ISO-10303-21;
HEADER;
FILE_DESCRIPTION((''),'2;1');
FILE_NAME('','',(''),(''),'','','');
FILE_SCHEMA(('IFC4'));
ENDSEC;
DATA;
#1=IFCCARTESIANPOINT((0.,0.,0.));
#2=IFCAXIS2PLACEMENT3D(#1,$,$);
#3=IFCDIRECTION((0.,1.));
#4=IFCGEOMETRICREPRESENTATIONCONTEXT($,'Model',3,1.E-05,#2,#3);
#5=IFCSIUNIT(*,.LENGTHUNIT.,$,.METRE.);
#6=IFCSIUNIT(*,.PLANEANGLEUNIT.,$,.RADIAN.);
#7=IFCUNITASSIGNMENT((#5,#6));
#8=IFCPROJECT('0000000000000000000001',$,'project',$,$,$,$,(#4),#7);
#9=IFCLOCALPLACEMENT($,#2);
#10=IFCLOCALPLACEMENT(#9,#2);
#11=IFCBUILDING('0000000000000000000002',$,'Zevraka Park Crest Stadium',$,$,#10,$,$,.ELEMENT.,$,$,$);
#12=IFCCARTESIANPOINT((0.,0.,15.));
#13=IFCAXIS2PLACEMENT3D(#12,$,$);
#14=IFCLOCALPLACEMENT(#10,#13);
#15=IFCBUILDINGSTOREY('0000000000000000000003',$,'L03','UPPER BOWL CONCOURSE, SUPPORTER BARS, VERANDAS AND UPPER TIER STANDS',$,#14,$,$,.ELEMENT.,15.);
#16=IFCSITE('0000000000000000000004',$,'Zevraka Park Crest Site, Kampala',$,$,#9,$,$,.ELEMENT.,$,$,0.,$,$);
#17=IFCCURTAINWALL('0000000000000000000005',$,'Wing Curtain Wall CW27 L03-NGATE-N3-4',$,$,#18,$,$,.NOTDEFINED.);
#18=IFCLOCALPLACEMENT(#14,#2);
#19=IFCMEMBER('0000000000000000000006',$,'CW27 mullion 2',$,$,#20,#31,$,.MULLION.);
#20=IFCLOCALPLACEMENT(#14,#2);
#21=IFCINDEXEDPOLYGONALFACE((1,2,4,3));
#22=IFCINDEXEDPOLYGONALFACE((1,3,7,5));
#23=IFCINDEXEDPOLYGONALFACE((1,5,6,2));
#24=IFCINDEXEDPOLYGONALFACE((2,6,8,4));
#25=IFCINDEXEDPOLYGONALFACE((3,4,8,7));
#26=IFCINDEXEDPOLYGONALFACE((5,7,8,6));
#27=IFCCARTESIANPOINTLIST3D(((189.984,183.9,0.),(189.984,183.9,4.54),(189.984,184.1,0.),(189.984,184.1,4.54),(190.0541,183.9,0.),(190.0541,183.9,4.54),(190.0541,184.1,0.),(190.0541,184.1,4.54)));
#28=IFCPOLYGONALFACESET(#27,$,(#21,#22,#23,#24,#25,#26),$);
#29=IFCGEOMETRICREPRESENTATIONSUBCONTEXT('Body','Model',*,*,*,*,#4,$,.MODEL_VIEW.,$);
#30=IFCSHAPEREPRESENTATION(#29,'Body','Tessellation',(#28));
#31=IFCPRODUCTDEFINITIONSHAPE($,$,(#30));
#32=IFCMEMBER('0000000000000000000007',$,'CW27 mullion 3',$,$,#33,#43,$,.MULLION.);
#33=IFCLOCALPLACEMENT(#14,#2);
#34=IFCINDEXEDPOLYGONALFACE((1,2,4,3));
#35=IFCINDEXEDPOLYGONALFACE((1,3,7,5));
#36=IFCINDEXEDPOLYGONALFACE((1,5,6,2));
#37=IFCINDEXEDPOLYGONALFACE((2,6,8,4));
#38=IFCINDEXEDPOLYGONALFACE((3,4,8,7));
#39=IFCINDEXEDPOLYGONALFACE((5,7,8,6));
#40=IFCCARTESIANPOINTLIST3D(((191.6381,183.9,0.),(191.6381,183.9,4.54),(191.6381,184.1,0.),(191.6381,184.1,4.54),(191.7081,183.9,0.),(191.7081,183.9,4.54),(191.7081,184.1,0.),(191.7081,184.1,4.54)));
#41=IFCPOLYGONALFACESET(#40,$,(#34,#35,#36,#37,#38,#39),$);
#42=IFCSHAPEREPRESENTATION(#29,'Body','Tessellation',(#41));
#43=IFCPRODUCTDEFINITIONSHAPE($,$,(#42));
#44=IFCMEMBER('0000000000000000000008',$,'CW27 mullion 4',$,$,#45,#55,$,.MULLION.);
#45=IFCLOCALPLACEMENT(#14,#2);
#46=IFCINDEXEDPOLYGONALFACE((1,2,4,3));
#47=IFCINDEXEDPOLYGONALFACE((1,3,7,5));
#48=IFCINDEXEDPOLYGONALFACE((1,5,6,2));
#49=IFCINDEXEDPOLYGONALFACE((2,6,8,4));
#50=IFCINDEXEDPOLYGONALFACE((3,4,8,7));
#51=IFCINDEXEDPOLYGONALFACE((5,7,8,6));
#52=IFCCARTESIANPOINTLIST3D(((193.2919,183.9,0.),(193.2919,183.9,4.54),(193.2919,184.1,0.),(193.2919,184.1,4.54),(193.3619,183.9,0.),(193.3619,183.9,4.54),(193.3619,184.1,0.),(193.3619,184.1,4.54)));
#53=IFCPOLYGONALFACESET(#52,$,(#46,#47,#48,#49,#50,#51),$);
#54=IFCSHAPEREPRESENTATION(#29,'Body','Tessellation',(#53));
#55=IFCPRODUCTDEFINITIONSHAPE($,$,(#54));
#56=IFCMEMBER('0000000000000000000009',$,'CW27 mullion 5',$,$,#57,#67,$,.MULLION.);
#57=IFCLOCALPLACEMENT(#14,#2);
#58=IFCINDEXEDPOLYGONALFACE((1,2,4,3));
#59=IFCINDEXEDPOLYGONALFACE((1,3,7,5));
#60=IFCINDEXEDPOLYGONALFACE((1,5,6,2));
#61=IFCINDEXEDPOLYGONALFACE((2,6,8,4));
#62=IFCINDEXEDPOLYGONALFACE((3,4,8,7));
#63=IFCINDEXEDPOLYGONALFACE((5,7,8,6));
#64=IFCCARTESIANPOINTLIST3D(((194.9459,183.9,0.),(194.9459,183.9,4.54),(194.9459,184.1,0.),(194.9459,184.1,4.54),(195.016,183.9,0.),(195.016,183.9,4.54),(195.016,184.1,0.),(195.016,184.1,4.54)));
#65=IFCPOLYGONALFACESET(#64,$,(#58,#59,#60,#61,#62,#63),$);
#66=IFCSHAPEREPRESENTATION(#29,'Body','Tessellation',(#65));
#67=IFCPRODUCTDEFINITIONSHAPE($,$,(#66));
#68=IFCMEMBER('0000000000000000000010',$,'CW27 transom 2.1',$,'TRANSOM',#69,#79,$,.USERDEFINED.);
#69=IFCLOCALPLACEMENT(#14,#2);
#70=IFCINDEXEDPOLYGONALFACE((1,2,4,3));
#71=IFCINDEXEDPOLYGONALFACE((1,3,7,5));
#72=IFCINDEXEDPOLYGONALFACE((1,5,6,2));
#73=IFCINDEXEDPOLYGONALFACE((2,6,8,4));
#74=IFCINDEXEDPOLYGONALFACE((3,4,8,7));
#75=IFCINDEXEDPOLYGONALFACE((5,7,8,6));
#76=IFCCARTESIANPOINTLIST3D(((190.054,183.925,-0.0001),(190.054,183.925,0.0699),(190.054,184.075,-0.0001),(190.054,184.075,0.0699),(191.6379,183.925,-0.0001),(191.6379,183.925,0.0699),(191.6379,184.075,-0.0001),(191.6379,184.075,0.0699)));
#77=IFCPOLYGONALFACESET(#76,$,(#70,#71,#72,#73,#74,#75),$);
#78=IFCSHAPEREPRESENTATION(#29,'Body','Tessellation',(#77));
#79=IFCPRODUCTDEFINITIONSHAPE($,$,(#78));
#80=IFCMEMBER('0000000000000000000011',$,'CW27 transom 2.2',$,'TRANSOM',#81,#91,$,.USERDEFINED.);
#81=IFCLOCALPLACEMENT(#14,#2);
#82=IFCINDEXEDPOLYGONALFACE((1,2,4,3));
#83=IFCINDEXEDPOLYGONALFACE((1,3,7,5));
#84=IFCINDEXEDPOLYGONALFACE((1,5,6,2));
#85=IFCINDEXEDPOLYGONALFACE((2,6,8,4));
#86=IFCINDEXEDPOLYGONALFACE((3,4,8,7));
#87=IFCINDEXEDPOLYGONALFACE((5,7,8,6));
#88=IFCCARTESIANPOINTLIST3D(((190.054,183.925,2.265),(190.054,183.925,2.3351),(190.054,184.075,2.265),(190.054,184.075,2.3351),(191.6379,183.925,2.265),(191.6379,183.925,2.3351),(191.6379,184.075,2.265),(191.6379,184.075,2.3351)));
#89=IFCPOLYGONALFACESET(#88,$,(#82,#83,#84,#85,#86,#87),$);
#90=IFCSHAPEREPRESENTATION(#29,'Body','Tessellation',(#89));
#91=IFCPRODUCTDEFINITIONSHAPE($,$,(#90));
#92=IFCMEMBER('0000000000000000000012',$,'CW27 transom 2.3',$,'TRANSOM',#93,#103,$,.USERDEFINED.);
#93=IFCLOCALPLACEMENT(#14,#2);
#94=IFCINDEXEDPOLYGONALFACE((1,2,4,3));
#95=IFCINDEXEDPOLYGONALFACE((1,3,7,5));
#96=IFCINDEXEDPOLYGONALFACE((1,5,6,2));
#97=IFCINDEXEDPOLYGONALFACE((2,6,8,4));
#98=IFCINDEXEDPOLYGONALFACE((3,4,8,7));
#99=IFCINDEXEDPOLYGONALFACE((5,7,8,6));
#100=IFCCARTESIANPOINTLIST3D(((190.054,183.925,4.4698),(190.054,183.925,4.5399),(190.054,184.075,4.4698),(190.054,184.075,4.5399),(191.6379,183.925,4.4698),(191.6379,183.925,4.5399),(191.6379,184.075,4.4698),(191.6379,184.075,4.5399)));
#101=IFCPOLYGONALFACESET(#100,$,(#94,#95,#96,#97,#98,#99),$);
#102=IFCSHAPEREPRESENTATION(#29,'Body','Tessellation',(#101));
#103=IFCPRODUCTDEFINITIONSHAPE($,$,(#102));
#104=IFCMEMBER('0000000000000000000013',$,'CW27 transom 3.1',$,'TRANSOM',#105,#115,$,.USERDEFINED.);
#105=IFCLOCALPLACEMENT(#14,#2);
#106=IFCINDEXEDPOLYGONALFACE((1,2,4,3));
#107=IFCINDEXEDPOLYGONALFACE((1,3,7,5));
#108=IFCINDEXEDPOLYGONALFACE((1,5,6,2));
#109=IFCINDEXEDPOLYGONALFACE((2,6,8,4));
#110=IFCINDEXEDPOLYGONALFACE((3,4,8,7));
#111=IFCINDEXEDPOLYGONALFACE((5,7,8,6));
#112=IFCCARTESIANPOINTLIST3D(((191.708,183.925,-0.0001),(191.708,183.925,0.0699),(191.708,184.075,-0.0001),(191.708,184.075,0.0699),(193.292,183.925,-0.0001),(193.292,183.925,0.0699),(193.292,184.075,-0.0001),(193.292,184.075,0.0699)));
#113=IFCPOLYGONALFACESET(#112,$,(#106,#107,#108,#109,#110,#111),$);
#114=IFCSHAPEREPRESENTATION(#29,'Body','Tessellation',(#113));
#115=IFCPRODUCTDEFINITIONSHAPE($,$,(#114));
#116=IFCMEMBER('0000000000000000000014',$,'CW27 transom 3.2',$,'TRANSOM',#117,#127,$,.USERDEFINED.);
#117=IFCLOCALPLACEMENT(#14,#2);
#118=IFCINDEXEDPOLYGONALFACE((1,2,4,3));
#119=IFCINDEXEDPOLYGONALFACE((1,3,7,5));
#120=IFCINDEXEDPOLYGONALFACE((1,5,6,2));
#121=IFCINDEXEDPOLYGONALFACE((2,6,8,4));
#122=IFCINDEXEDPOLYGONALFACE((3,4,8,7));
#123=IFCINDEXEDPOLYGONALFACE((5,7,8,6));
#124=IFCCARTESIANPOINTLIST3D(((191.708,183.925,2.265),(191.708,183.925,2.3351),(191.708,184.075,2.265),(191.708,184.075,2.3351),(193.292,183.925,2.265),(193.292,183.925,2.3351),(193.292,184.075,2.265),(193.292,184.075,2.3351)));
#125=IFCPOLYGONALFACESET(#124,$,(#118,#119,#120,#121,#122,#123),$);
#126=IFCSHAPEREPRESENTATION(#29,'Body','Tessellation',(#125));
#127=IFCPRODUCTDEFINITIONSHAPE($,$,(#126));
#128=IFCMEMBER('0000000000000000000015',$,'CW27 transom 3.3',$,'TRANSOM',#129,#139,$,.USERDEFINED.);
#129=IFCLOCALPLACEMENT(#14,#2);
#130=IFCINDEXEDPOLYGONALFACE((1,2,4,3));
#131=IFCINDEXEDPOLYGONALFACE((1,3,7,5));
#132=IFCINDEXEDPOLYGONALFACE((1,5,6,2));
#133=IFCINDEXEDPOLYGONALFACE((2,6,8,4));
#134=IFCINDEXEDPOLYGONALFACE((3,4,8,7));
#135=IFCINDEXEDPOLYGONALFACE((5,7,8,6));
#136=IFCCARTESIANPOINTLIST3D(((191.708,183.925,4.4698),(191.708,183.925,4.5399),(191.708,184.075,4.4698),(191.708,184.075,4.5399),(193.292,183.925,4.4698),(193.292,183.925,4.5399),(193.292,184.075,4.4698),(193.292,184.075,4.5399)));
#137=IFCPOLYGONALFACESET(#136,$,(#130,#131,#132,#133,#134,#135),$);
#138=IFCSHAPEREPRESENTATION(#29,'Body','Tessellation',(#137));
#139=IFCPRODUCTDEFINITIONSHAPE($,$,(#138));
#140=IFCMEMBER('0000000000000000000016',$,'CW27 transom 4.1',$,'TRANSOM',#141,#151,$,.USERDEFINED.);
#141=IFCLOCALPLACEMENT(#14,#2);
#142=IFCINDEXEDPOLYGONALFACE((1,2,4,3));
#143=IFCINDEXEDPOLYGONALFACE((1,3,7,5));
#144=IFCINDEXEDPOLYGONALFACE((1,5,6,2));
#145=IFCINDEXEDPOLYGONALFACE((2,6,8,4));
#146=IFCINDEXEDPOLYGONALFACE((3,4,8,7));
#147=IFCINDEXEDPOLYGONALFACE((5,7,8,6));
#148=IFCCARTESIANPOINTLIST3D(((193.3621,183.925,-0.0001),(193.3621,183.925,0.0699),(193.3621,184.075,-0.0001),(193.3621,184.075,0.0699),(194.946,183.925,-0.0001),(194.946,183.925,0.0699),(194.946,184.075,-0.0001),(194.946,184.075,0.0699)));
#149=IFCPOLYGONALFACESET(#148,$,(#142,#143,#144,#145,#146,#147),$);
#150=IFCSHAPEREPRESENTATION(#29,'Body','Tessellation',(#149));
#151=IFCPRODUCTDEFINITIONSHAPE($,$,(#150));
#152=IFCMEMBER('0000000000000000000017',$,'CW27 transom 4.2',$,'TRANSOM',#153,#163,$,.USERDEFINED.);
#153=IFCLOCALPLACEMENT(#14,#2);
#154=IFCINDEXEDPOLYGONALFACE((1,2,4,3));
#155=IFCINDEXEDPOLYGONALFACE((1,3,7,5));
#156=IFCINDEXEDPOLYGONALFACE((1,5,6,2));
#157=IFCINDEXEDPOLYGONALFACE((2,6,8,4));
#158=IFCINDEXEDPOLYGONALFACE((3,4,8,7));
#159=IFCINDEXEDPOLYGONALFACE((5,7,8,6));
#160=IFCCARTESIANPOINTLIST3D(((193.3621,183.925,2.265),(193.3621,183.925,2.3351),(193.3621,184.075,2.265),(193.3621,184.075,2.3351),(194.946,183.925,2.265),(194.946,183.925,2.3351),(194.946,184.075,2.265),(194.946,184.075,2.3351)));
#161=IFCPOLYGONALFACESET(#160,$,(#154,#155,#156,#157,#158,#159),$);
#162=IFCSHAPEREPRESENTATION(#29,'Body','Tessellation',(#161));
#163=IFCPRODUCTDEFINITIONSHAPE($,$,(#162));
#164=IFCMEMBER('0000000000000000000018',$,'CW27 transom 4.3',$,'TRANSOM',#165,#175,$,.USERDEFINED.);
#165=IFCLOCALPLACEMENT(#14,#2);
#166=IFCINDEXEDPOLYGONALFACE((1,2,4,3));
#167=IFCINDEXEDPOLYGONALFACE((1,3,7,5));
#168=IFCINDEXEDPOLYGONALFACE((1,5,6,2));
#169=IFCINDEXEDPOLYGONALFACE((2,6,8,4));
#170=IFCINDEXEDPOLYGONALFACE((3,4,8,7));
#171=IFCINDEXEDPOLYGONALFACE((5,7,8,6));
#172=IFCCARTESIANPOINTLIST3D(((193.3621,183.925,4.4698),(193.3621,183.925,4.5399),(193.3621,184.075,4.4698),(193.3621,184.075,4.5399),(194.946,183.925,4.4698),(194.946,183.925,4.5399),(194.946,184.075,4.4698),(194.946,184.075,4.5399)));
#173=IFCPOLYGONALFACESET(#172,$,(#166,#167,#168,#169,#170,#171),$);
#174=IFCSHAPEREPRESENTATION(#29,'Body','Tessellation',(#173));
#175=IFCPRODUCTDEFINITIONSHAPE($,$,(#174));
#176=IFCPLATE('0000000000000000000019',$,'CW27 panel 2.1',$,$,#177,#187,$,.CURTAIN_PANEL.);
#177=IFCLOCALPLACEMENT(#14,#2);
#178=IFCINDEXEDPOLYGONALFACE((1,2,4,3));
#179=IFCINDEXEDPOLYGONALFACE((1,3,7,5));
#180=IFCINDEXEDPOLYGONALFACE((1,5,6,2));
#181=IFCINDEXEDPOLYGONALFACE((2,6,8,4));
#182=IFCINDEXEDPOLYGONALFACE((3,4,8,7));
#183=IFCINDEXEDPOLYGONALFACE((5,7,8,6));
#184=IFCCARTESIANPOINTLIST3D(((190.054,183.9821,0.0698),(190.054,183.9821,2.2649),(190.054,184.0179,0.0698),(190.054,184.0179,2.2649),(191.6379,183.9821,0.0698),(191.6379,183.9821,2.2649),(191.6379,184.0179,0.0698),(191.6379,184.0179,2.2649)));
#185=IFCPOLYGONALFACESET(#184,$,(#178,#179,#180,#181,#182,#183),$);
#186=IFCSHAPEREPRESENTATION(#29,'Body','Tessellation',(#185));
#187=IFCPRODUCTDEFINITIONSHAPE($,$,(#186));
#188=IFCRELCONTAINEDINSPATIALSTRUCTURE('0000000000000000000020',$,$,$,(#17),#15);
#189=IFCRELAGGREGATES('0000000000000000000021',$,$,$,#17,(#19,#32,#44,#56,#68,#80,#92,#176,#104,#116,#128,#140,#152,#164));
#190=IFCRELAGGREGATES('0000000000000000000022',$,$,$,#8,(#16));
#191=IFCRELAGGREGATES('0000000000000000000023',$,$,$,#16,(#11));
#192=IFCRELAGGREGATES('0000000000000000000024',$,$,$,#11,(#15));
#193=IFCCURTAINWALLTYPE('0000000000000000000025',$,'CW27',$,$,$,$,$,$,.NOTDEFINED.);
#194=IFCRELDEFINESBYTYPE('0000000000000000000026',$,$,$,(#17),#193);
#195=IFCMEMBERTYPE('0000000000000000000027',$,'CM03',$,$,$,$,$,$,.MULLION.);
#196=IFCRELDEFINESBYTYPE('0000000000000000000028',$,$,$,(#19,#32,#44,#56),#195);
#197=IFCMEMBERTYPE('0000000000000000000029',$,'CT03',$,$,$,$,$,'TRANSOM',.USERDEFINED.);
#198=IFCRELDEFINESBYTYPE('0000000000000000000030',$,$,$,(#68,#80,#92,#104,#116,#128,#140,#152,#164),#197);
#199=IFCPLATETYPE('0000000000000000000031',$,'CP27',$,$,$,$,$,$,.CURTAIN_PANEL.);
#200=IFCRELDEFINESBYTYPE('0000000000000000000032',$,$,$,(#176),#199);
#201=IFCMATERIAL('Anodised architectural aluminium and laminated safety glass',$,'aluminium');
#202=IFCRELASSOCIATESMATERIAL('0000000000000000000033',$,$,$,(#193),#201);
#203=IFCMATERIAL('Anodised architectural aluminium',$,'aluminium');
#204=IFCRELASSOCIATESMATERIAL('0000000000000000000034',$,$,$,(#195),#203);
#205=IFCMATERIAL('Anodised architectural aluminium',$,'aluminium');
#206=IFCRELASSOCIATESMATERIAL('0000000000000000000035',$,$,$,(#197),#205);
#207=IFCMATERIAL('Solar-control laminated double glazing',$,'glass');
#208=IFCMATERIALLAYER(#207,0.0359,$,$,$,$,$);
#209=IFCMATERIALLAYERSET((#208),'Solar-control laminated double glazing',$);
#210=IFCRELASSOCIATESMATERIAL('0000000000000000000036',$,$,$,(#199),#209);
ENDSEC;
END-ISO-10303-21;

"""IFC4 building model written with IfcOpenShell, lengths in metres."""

from ifc_helpers import new_model, si_unit, direction, frame, origin, origin_2d, place, context, subcontext, project, spatial, rectangle, extrude, material, layer, layer_set, material_profile, profile_set, type_object, element, aggregate, save


model = new_model("IFC4")

# Units and contexts
model_context = context("Model", 3, precision=1e-05, world=origin(), true_north=direction((0.0, 1.0)))
body_context = subcontext(model_context, "Body", "Model", "MODEL_VIEW")
ifc_project = project(units=[si_unit("LENGTHUNIT", "METRE"), si_unit("PLANEANGLEUNIT", "RADIAN")], contexts=[model_context])

# Site, building, storey
site_placement = place(None, origin())
site = spatial("IfcSite", under=ifc_project, at=site_placement, Name="Zevraka Park Crest Site, Kampala", CompositionType="ELEMENT", RefElevation=0.0)
building_placement = place(site_placement, origin())
building = spatial("IfcBuilding", under=site, at=building_placement, Name="Zevraka Park Crest Stadium", CompositionType="ELEMENT")
storey_placement = place(building_placement, frame((0.0, 0.0, 15.0)))
storey = spatial("IfcBuildingStorey", under=building, at=storey_placement, Name="L03", Description="UPPER BOWL CONCOURSE, SUPPORTER BARS, VERANDAS AND UPPER TIER STANDS", CompositionType="ELEMENT", Elevation=15.0)

# Curtain wall, members, plate
ifc_material_1 = material(Name="Anodised architectural aluminium and laminated safety glass", Category="aluminium")
curtain_wall_type = type_object("IfcCurtainWallType", Name="CW27", PredefinedType="NOTDEFINED", material=ifc_material_1)
curtain_wall_placement = place(storey_placement, origin())
curtain_wall = element("IfcCurtainWall", 1, at=curtain_wall_placement, inside=storey, type_object=curtain_wall_type, Name="Wing Curtain Wall CW27 L03-NGATE-N3-4", PredefinedType="NOTDEFINED")
ifc_material_2 = material(Name="Anodised architectural aluminium", Category="aluminium")
ifc_material_profile_1 = material_profile(ifc_material_2, rectangle(XDim=0.2, YDim=0.0701, at=origin_2d()), Name="ALU MULLION 200x70")
ifc_profile_set_1 = profile_set([ifc_material_profile_1], Name="Anodised architectural aluminium")
member_type_1 = type_object("IfcMemberType", Name="CM03", PredefinedType="MULLION", material=ifc_profile_set_1)
member_1_placement = place(storey_placement, frame((190.019, 184.0, 0.0), z_axis=(0.0, 0.0, 1.0), x_axis=(0.0, 1.0, 0.0)))
member_1 = element("IfcMember", 2, at=member_1_placement, type_object=member_type_1, Name="CW27 mullion 2", PredefinedType="MULLION", context=body_context, shape_type="SweptSolid", body=[
    extrude(rectangle(XDim=0.2, YDim=0.0701, at=origin_2d()), origin(), (0.0, 0.0, 1.0), 4.54),
])
member_2_placement = place(storey_placement, frame((191.6731, 184.0, 0.0), z_axis=(0.0, 0.0, 1.0), x_axis=(0.0, 1.0, 0.0)))
member_2 = element("IfcMember", 3, at=member_2_placement, type_object=member_type_1, Name="CW27 mullion 3", PredefinedType="MULLION", context=body_context, shape_type="SweptSolid", body=[
    extrude(rectangle(XDim=0.2, YDim=0.0701, at=origin_2d()), origin(), (0.0, 0.0, 1.0), 4.54),
])
member_3_placement = place(storey_placement, frame((193.3269, 184.0, 0.0), z_axis=(0.0, 0.0, 1.0), x_axis=(0.0, 1.0, 0.0)))
member_3 = element("IfcMember", 4, at=member_3_placement, type_object=member_type_1, Name="CW27 mullion 4", PredefinedType="MULLION", context=body_context, shape_type="SweptSolid", body=[
    extrude(rectangle(XDim=0.2, YDim=0.0701, at=origin_2d()), origin(), (0.0, 0.0, 1.0), 4.54),
])
member_4_placement = place(storey_placement, frame((194.981, 184.0, 0.0), z_axis=(0.0, 0.0, 1.0), x_axis=(0.0, 1.0, 0.0)))
member_4 = element("IfcMember", 5, at=member_4_placement, type_object=member_type_1, Name="CW27 mullion 5", PredefinedType="MULLION", context=body_context, shape_type="SweptSolid", body=[
    extrude(rectangle(XDim=0.2, YDim=0.0701, at=origin_2d()), origin(), (0.0, 0.0, 1.0), 4.54),
])
ifc_material_3 = material(Name="Anodised architectural aluminium", Category="aluminium")
ifc_material_profile_2 = material_profile(ifc_material_3, rectangle(XDim=0.1499, YDim=0.0701, at=origin_2d()), Name="ALU TRANSOM 150x70")
ifc_profile_set_2 = profile_set([ifc_material_profile_2], Name="Anodised architectural aluminium")
member_type_2 = type_object("IfcMemberType", Name="CT03", ElementType="TRANSOM", PredefinedType="USERDEFINED", material=ifc_profile_set_2)
member_5_placement = place(storey_placement, frame((190.054, 184.0, 0.0349), z_axis=(1.0, 0.0, 0.0), x_axis=(0.0, 1.0, 0.0)))
member_5 = element("IfcMember", 6, at=member_5_placement, type_object=member_type_2, Name="CW27 transom 2.1", ObjectType="TRANSOM", PredefinedType="USERDEFINED", context=body_context, shape_type="SweptSolid", body=[
    extrude(rectangle(XDim=0.1499, YDim=0.0701, at=origin_2d()), origin(), (0.0, 0.0, 1.0), 1.584),
])
member_6_placement = place(storey_placement, frame((190.054, 184.0, 2.3), z_axis=(1.0, 0.0, 0.0), x_axis=(0.0, 1.0, 0.0)))
member_6 = element("IfcMember", 7, at=member_6_placement, type_object=member_type_2, Name="CW27 transom 2.2", ObjectType="TRANSOM", PredefinedType="USERDEFINED", context=body_context, shape_type="SweptSolid", body=[
    extrude(rectangle(XDim=0.1499, YDim=0.0701, at=origin_2d()), origin(), (0.0, 0.0, 1.0), 1.584),
])
member_7_placement = place(storey_placement, frame((190.054, 184.0, 4.5049), z_axis=(1.0, 0.0, 0.0), x_axis=(0.0, 1.0, 0.0)))
member_7 = element("IfcMember", 8, at=member_7_placement, type_object=member_type_2, Name="CW27 transom 2.3", ObjectType="TRANSOM", PredefinedType="USERDEFINED", context=body_context, shape_type="SweptSolid", body=[
    extrude(rectangle(XDim=0.1499, YDim=0.0701, at=origin_2d()), origin(), (0.0, 0.0, 1.0), 1.584),
])
member_8_placement = place(storey_placement, frame((191.708, 184.0, 0.0349), z_axis=(1.0, 0.0, 0.0), x_axis=(0.0, 1.0, 0.0)))
member_8 = element("IfcMember", 9, at=member_8_placement, type_object=member_type_2, Name="CW27 transom 3.1", ObjectType="TRANSOM", PredefinedType="USERDEFINED", context=body_context, shape_type="SweptSolid", body=[
    extrude(rectangle(XDim=0.1499, YDim=0.0701, at=origin_2d()), origin(), (0.0, 0.0, 1.0), 1.584),
])
member_9_placement = place(storey_placement, frame((191.708, 184.0, 2.3), z_axis=(1.0, 0.0, 0.0), x_axis=(0.0, 1.0, 0.0)))
member_9 = element("IfcMember", 10, at=member_9_placement, type_object=member_type_2, Name="CW27 transom 3.2", ObjectType="TRANSOM", PredefinedType="USERDEFINED", context=body_context, shape_type="SweptSolid", body=[
    extrude(rectangle(XDim=0.1499, YDim=0.0701, at=origin_2d()), origin(), (0.0, 0.0, 1.0), 1.584),
])
member_10_placement = place(storey_placement, frame((191.708, 184.0, 4.5049), z_axis=(1.0, 0.0, 0.0), x_axis=(0.0, 1.0, 0.0)))
member_10 = element("IfcMember", 11, at=member_10_placement, type_object=member_type_2, Name="CW27 transom 3.3", ObjectType="TRANSOM", PredefinedType="USERDEFINED", context=body_context, shape_type="SweptSolid", body=[
    extrude(rectangle(XDim=0.1499, YDim=0.0701, at=origin_2d()), origin(), (0.0, 0.0, 1.0), 1.584),
])
member_11_placement = place(storey_placement, frame((193.3621, 184.0, 0.0349), z_axis=(1.0, 0.0, 0.0), x_axis=(0.0, 1.0, 0.0)))
member_11 = element("IfcMember", 12, at=member_11_placement, type_object=member_type_2, Name="CW27 transom 4.1", ObjectType="TRANSOM", PredefinedType="USERDEFINED", context=body_context, shape_type="SweptSolid", body=[
    extrude(rectangle(XDim=0.1499, YDim=0.0701, at=origin_2d()), origin(), (0.0, 0.0, 1.0), 1.584),
])
member_12_placement = place(storey_placement, frame((193.3621, 184.0, 2.3), z_axis=(1.0, 0.0, 0.0), x_axis=(0.0, 1.0, 0.0)))
member_12 = element("IfcMember", 13, at=member_12_placement, type_object=member_type_2, Name="CW27 transom 4.2", ObjectType="TRANSOM", PredefinedType="USERDEFINED", context=body_context, shape_type="SweptSolid", body=[
    extrude(rectangle(XDim=0.1499, YDim=0.0701, at=origin_2d()), origin(), (0.0, 0.0, 1.0), 1.584),
])
member_13_placement = place(storey_placement, frame((193.3621, 184.0, 4.5049), z_axis=(1.0, 0.0, 0.0), x_axis=(0.0, 1.0, 0.0)))
member_13 = element("IfcMember", 14, at=member_13_placement, type_object=member_type_2, Name="CW27 transom 4.3", ObjectType="TRANSOM", PredefinedType="USERDEFINED", context=body_context, shape_type="SweptSolid", body=[
    extrude(rectangle(XDim=0.1499, YDim=0.0701, at=origin_2d()), origin(), (0.0, 0.0, 1.0), 1.584),
])
ifc_material_4 = material(Name="Solar-control laminated double glazing", Category="glass")
ifc_layer_1 = layer(ifc_material_4, 0.0359)
ifc_layer_set_1 = layer_set([ifc_layer_1], Name="Solar-control laminated double glazing")
plate_type = type_object("IfcPlateType", Name="CP27", PredefinedType="CURTAIN_PANEL", material=ifc_layer_set_1)
plate_1_placement = place(storey_placement, frame((190.8459, 184.0, 0.0698), z_axis=(0.0, 0.0, 1.0), x_axis=(1.0, 0.0, 0.0)))
plate_1 = element("IfcPlate", 15, at=plate_1_placement, type_object=plate_type, Name="CW27 panel 2.1", PredefinedType="CURTAIN_PANEL", context=body_context, shape_type="SweptSolid", body=[
    extrude(rectangle(XDim=1.584, YDim=0.0359, at=origin_2d()), origin(), (0.0, 0.0, 1.0), 2.1951),
])
aggregate(curtain_wall, [member_1, member_2, member_3, member_4, member_5, member_6, member_7, plate_1, member_8, member_9, member_10, member_11, member_12, member_13])

save(model, "model.ifc")
